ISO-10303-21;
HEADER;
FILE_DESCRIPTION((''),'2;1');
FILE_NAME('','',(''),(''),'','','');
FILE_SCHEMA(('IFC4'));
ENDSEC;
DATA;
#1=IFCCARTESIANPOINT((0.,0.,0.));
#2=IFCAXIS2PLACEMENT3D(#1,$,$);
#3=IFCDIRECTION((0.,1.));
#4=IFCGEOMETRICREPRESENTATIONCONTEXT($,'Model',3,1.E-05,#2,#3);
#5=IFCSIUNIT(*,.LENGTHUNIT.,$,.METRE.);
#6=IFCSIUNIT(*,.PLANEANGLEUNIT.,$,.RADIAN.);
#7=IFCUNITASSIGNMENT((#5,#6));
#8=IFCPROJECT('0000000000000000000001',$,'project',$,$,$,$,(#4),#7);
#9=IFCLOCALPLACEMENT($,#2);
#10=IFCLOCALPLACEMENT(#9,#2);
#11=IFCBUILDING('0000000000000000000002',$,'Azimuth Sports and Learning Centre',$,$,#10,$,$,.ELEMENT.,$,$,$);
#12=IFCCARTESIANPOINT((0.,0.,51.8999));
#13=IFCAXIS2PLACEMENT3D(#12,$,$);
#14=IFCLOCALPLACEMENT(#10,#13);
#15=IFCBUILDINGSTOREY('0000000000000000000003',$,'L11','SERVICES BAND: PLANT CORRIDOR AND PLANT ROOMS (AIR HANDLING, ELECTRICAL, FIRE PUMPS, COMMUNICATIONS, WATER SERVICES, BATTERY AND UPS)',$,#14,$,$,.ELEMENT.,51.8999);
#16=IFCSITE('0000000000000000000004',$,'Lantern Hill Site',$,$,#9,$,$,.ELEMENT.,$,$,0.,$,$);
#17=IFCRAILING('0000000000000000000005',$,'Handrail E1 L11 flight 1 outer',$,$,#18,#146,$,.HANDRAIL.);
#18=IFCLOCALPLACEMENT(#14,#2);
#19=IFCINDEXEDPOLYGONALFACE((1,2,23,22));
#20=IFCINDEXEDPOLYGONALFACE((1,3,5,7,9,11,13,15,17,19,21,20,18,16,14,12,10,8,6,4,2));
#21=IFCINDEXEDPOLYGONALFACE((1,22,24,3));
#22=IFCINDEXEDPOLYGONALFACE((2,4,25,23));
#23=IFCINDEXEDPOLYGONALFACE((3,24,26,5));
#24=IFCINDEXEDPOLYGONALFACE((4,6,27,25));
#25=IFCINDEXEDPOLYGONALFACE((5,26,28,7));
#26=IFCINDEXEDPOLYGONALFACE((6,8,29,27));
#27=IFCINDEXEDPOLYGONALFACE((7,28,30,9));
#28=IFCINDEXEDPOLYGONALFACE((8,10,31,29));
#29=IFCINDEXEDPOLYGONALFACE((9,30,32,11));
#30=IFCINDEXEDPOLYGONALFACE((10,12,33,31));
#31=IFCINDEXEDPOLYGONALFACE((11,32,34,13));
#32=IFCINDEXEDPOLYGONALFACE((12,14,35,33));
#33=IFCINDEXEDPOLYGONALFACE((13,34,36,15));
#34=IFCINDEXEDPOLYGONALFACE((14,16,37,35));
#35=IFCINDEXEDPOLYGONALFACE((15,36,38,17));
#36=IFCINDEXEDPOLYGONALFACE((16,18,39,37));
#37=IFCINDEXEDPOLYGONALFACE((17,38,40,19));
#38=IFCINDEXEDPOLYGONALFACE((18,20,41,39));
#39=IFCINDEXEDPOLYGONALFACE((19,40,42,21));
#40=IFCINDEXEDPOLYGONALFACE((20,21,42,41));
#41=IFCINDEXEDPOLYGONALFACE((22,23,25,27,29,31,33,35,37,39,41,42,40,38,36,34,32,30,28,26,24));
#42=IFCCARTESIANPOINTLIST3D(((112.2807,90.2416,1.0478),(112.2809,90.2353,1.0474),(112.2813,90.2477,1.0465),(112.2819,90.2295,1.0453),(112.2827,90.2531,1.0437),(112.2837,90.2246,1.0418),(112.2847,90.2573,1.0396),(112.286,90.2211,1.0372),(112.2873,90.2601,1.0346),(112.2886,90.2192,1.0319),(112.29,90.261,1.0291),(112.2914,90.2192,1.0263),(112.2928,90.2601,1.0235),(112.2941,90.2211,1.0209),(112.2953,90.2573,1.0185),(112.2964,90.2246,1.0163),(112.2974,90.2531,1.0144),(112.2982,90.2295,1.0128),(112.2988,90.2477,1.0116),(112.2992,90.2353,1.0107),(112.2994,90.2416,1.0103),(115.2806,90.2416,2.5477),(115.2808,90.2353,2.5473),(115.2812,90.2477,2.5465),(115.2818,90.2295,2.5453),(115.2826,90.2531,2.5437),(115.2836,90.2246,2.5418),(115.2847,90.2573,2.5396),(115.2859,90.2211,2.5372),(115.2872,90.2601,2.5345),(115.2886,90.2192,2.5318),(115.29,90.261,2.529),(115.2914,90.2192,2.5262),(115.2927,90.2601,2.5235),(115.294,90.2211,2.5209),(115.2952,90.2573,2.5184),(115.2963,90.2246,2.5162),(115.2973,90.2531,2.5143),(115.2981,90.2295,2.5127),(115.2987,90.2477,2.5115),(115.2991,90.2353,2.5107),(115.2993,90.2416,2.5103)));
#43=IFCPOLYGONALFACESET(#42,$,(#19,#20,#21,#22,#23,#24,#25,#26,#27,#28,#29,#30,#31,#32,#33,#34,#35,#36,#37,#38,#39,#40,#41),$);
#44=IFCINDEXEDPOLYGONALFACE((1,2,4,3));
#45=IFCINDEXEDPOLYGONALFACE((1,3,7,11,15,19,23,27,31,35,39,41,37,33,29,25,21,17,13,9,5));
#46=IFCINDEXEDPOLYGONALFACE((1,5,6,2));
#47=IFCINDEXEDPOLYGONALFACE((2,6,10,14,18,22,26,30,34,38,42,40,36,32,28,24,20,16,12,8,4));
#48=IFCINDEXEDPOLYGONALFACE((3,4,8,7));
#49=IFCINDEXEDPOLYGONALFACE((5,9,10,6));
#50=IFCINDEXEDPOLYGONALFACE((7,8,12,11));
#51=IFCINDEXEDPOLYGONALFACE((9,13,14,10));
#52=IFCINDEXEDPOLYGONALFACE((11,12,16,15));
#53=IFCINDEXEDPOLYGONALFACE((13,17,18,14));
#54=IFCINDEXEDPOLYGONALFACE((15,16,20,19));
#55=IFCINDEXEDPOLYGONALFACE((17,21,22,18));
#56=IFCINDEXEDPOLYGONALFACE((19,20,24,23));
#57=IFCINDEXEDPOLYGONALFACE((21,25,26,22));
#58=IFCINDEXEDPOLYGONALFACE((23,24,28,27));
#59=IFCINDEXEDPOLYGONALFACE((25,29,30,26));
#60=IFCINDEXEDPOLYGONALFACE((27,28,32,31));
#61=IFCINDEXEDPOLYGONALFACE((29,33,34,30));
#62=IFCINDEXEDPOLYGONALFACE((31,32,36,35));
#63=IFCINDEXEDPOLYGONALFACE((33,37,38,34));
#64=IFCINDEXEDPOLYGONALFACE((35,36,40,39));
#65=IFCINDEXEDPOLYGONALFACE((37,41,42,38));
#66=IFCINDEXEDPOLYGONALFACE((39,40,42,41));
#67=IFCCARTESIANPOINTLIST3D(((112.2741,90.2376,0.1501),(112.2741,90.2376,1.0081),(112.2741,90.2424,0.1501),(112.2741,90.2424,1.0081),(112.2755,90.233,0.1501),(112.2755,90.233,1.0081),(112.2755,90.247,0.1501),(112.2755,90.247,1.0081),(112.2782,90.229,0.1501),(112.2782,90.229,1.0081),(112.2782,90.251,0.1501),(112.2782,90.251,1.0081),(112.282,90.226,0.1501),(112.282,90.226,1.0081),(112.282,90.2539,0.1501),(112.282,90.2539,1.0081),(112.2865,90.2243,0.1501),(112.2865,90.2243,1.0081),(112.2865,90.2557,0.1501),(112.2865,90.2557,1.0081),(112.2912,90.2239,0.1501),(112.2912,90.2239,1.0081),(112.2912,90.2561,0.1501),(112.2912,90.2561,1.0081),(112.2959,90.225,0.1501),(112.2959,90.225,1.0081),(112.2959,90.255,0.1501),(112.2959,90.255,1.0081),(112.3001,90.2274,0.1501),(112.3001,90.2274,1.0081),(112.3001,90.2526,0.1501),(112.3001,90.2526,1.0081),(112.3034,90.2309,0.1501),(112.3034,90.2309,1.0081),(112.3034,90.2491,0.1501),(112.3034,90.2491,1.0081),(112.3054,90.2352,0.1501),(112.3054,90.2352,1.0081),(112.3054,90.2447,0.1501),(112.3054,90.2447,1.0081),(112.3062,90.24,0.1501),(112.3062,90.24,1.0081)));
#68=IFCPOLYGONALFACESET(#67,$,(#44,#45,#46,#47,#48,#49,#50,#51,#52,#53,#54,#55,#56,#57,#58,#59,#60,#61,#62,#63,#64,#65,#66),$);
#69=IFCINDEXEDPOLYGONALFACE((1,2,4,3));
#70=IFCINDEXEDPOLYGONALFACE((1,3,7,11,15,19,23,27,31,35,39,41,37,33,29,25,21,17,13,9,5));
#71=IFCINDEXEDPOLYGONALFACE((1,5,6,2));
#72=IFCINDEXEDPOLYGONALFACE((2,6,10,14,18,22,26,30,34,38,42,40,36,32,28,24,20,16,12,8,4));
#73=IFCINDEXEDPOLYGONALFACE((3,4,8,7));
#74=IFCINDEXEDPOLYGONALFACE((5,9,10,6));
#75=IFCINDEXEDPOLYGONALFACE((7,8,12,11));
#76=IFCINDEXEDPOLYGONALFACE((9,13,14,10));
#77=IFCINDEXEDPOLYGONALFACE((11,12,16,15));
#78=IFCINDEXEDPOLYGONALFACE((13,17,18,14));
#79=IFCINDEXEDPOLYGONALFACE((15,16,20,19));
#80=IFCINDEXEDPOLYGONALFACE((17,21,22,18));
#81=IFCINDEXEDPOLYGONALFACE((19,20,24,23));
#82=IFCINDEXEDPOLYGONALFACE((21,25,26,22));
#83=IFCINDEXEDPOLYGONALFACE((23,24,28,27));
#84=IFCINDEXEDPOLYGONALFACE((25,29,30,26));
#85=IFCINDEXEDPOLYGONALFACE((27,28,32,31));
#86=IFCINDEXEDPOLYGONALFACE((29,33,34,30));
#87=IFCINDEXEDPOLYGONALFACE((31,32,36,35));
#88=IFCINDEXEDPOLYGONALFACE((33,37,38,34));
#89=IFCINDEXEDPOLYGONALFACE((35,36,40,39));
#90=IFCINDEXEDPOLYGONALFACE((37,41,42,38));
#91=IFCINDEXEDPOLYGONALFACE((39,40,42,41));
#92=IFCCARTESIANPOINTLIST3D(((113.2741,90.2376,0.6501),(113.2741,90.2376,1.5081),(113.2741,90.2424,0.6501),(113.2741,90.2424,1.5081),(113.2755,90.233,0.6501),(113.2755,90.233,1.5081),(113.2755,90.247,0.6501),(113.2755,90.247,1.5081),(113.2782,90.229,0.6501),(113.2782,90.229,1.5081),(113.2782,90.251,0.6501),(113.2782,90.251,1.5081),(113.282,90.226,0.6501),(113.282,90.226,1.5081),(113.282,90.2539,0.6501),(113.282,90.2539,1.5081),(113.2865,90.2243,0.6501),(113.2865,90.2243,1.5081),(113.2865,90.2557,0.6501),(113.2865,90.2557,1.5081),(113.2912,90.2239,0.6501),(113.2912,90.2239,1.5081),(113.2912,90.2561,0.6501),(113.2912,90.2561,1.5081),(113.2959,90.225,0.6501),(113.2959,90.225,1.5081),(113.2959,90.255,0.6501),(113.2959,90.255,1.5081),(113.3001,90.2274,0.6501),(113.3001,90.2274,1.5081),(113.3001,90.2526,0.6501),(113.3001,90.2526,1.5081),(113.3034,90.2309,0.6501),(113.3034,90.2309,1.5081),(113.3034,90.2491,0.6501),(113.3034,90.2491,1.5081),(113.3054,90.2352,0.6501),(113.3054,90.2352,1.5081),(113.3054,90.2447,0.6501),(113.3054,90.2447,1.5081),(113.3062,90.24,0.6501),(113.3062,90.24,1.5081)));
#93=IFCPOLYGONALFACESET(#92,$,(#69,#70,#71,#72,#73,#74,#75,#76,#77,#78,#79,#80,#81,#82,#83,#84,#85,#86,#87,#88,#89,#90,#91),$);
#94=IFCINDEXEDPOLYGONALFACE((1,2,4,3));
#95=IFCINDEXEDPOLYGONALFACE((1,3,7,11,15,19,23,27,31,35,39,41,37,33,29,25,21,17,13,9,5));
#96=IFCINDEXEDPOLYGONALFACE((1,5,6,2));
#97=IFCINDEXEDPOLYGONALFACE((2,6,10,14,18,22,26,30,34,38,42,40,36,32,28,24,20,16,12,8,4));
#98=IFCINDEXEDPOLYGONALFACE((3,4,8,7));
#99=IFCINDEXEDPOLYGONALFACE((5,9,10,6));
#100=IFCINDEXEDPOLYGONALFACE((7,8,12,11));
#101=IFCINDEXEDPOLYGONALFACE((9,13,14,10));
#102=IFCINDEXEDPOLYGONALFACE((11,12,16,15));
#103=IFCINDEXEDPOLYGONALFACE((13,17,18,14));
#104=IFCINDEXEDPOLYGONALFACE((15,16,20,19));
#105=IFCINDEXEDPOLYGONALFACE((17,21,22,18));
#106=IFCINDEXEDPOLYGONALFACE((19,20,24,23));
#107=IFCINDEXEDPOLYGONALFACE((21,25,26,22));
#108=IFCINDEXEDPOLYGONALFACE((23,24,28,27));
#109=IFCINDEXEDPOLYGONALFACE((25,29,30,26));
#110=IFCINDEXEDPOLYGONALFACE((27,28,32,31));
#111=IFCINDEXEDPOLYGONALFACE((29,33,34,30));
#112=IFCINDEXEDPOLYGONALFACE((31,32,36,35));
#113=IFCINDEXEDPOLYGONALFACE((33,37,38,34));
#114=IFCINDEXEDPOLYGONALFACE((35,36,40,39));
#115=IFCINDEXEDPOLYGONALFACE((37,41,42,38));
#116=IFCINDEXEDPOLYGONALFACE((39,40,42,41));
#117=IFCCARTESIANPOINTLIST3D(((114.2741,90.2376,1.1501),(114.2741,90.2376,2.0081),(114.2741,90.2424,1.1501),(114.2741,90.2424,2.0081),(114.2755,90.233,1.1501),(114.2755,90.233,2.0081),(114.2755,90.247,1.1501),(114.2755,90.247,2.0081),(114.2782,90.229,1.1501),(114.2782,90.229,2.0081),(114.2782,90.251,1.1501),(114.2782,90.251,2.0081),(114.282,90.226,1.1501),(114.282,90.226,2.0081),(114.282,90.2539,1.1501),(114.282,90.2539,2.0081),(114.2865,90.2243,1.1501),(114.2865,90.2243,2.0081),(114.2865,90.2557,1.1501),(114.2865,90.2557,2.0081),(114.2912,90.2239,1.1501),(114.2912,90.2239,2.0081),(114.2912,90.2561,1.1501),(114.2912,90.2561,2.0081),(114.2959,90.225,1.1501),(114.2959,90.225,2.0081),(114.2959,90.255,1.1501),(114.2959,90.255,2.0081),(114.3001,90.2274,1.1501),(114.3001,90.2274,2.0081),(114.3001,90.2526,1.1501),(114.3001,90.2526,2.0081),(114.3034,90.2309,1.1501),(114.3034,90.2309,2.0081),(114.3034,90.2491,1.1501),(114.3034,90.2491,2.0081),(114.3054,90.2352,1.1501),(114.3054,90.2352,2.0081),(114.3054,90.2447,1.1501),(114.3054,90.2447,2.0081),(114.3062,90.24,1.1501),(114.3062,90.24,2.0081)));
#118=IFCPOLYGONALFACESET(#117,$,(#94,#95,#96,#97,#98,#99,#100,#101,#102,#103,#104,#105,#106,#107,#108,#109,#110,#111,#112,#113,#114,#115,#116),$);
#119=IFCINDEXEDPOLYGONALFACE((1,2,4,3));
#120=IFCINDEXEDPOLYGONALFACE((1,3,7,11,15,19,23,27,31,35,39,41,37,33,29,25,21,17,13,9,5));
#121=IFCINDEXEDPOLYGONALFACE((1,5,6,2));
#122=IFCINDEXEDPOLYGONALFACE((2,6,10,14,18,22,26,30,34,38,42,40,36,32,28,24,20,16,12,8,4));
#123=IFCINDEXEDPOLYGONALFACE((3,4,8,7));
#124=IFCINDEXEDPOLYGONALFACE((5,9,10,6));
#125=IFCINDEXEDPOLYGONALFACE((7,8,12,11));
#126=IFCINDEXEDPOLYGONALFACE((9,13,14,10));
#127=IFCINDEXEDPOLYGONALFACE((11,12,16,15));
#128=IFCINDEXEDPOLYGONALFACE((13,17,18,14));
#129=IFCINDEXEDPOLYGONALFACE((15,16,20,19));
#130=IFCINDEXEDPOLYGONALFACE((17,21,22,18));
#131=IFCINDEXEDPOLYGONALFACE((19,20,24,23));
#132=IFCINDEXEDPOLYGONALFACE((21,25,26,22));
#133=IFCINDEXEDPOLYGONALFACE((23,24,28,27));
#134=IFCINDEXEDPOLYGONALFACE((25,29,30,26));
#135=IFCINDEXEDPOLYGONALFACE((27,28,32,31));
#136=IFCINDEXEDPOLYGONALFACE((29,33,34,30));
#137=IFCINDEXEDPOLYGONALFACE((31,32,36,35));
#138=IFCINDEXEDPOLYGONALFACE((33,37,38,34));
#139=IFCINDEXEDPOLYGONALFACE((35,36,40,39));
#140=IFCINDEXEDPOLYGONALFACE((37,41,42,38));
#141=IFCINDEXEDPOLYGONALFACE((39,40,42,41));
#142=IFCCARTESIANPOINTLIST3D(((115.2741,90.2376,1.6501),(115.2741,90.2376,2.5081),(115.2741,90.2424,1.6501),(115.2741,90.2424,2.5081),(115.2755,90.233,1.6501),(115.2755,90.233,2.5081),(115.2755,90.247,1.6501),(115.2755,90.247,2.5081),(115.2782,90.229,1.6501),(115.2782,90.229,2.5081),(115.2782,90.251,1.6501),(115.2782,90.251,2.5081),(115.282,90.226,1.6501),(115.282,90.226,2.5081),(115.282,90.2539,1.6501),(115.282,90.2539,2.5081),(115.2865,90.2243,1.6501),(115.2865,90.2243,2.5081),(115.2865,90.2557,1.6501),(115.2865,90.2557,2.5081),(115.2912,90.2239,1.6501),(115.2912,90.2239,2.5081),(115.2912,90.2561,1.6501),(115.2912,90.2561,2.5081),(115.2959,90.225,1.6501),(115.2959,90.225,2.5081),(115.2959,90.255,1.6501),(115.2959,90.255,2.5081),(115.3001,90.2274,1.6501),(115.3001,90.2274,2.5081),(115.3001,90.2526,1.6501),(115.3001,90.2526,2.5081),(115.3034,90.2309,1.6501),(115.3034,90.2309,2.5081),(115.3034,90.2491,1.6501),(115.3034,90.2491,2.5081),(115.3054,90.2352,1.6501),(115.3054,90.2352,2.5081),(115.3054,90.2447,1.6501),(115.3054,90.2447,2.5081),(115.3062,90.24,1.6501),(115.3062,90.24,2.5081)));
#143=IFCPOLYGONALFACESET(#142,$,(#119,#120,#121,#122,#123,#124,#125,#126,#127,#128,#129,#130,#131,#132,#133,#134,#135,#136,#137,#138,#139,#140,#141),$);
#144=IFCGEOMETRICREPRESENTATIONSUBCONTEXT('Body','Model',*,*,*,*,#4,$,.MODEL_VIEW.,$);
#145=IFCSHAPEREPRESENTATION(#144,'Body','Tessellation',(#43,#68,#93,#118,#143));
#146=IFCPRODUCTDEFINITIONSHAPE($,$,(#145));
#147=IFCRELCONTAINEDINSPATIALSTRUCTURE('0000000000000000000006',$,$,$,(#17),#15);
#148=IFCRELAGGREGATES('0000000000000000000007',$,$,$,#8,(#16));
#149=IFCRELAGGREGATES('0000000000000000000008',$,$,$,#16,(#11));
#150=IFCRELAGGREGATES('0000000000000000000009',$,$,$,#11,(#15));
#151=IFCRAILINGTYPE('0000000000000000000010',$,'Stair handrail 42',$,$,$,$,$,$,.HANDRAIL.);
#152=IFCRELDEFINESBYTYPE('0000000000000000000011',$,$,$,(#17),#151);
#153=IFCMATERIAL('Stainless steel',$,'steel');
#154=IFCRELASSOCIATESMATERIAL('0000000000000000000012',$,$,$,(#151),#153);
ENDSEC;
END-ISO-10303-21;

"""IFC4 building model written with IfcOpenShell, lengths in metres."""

from ifc_helpers import new_model, si_unit, direction, frame, origin, origin_2d, place, context, subcontext, project, spatial, circle, extrude, material, type_object, element, save


model = new_model("IFC4")

# Units and contexts
model_context = context("Model", 3, precision=1e-05, world=origin(), true_north=direction((0.0, 1.0)))
body_context = subcontext(model_context, "Body", "Model", "MODEL_VIEW")
ifc_project = project(units=[si_unit("LENGTHUNIT", "METRE"), si_unit("PLANEANGLEUNIT", "RADIAN")], contexts=[model_context])

# Site, building, storey
site_placement = place(None, origin())
site = spatial("IfcSite", under=ifc_project, at=site_placement, Name="Lantern Hill Site", CompositionType="ELEMENT", RefElevation=0.0)
building_placement = place(site_placement, origin())
building = spatial("IfcBuilding", under=site, at=building_placement, Name="Azimuth Sports and Learning Centre", CompositionType="ELEMENT")
storey_placement = place(building_placement, frame((0.0, 0.0, 51.8999)))
storey = spatial("IfcBuildingStorey", under=building, at=storey_placement, Name="L11", Description="SERVICES BAND: PLANT CORRIDOR AND PLANT ROOMS (AIR HANDLING, ELECTRICAL, FIRE PUMPS, COMMUNICATIONS, WATER SERVICES, BATTERY AND UPS)", CompositionType="ELEMENT", Elevation=51.8999)

# Railing
ifc_material_1 = material(Name="Stainless steel", Category="steel")
railing_type_1 = type_object("IfcRailingType", Name="Stair handrail 42", PredefinedType="HANDRAIL", material=ifc_material_1)
railing_1_placement = place(storey_placement, frame((112.29, 90.24, 0.1501)))
element("IfcRailing", 1, at=railing_1_placement, inside=storey, type_object=railing_type_1, Name="Handrail E1 L11 flight 1 outer", PredefinedType="HANDRAIL", context=body_context, shape_type="SweptSolid", body=[
    extrude(circle(Radius=0.021, at=origin_2d()), frame((0.0, 0.0, 0.8789), z_axis=(0.894427, 0.0, 0.447214), x_axis=(0.0, 1.0, 0.0)), (0.0, 0.0, 1.0), 3.354),
    extrude(circle(Radius=0.0161, at=origin_2d()), origin(), (0.0, 0.0, 1.0), 0.8579),
    extrude(circle(Radius=0.0161, at=origin_2d()), frame((1.0, 0.0, 0.5)), (0.0, 0.0, 1.0), 0.8579),
    extrude(circle(Radius=0.0161, at=origin_2d()), frame((2.0, 0.0, 1.0)), (0.0, 0.0, 1.0), 0.8579),
    extrude(circle(Radius=0.0161, at=origin_2d()), frame((3.0, 0.0, 1.5)), (0.0, 0.0, 1.0), 0.8579),
])

save(model, "model.ifc")
